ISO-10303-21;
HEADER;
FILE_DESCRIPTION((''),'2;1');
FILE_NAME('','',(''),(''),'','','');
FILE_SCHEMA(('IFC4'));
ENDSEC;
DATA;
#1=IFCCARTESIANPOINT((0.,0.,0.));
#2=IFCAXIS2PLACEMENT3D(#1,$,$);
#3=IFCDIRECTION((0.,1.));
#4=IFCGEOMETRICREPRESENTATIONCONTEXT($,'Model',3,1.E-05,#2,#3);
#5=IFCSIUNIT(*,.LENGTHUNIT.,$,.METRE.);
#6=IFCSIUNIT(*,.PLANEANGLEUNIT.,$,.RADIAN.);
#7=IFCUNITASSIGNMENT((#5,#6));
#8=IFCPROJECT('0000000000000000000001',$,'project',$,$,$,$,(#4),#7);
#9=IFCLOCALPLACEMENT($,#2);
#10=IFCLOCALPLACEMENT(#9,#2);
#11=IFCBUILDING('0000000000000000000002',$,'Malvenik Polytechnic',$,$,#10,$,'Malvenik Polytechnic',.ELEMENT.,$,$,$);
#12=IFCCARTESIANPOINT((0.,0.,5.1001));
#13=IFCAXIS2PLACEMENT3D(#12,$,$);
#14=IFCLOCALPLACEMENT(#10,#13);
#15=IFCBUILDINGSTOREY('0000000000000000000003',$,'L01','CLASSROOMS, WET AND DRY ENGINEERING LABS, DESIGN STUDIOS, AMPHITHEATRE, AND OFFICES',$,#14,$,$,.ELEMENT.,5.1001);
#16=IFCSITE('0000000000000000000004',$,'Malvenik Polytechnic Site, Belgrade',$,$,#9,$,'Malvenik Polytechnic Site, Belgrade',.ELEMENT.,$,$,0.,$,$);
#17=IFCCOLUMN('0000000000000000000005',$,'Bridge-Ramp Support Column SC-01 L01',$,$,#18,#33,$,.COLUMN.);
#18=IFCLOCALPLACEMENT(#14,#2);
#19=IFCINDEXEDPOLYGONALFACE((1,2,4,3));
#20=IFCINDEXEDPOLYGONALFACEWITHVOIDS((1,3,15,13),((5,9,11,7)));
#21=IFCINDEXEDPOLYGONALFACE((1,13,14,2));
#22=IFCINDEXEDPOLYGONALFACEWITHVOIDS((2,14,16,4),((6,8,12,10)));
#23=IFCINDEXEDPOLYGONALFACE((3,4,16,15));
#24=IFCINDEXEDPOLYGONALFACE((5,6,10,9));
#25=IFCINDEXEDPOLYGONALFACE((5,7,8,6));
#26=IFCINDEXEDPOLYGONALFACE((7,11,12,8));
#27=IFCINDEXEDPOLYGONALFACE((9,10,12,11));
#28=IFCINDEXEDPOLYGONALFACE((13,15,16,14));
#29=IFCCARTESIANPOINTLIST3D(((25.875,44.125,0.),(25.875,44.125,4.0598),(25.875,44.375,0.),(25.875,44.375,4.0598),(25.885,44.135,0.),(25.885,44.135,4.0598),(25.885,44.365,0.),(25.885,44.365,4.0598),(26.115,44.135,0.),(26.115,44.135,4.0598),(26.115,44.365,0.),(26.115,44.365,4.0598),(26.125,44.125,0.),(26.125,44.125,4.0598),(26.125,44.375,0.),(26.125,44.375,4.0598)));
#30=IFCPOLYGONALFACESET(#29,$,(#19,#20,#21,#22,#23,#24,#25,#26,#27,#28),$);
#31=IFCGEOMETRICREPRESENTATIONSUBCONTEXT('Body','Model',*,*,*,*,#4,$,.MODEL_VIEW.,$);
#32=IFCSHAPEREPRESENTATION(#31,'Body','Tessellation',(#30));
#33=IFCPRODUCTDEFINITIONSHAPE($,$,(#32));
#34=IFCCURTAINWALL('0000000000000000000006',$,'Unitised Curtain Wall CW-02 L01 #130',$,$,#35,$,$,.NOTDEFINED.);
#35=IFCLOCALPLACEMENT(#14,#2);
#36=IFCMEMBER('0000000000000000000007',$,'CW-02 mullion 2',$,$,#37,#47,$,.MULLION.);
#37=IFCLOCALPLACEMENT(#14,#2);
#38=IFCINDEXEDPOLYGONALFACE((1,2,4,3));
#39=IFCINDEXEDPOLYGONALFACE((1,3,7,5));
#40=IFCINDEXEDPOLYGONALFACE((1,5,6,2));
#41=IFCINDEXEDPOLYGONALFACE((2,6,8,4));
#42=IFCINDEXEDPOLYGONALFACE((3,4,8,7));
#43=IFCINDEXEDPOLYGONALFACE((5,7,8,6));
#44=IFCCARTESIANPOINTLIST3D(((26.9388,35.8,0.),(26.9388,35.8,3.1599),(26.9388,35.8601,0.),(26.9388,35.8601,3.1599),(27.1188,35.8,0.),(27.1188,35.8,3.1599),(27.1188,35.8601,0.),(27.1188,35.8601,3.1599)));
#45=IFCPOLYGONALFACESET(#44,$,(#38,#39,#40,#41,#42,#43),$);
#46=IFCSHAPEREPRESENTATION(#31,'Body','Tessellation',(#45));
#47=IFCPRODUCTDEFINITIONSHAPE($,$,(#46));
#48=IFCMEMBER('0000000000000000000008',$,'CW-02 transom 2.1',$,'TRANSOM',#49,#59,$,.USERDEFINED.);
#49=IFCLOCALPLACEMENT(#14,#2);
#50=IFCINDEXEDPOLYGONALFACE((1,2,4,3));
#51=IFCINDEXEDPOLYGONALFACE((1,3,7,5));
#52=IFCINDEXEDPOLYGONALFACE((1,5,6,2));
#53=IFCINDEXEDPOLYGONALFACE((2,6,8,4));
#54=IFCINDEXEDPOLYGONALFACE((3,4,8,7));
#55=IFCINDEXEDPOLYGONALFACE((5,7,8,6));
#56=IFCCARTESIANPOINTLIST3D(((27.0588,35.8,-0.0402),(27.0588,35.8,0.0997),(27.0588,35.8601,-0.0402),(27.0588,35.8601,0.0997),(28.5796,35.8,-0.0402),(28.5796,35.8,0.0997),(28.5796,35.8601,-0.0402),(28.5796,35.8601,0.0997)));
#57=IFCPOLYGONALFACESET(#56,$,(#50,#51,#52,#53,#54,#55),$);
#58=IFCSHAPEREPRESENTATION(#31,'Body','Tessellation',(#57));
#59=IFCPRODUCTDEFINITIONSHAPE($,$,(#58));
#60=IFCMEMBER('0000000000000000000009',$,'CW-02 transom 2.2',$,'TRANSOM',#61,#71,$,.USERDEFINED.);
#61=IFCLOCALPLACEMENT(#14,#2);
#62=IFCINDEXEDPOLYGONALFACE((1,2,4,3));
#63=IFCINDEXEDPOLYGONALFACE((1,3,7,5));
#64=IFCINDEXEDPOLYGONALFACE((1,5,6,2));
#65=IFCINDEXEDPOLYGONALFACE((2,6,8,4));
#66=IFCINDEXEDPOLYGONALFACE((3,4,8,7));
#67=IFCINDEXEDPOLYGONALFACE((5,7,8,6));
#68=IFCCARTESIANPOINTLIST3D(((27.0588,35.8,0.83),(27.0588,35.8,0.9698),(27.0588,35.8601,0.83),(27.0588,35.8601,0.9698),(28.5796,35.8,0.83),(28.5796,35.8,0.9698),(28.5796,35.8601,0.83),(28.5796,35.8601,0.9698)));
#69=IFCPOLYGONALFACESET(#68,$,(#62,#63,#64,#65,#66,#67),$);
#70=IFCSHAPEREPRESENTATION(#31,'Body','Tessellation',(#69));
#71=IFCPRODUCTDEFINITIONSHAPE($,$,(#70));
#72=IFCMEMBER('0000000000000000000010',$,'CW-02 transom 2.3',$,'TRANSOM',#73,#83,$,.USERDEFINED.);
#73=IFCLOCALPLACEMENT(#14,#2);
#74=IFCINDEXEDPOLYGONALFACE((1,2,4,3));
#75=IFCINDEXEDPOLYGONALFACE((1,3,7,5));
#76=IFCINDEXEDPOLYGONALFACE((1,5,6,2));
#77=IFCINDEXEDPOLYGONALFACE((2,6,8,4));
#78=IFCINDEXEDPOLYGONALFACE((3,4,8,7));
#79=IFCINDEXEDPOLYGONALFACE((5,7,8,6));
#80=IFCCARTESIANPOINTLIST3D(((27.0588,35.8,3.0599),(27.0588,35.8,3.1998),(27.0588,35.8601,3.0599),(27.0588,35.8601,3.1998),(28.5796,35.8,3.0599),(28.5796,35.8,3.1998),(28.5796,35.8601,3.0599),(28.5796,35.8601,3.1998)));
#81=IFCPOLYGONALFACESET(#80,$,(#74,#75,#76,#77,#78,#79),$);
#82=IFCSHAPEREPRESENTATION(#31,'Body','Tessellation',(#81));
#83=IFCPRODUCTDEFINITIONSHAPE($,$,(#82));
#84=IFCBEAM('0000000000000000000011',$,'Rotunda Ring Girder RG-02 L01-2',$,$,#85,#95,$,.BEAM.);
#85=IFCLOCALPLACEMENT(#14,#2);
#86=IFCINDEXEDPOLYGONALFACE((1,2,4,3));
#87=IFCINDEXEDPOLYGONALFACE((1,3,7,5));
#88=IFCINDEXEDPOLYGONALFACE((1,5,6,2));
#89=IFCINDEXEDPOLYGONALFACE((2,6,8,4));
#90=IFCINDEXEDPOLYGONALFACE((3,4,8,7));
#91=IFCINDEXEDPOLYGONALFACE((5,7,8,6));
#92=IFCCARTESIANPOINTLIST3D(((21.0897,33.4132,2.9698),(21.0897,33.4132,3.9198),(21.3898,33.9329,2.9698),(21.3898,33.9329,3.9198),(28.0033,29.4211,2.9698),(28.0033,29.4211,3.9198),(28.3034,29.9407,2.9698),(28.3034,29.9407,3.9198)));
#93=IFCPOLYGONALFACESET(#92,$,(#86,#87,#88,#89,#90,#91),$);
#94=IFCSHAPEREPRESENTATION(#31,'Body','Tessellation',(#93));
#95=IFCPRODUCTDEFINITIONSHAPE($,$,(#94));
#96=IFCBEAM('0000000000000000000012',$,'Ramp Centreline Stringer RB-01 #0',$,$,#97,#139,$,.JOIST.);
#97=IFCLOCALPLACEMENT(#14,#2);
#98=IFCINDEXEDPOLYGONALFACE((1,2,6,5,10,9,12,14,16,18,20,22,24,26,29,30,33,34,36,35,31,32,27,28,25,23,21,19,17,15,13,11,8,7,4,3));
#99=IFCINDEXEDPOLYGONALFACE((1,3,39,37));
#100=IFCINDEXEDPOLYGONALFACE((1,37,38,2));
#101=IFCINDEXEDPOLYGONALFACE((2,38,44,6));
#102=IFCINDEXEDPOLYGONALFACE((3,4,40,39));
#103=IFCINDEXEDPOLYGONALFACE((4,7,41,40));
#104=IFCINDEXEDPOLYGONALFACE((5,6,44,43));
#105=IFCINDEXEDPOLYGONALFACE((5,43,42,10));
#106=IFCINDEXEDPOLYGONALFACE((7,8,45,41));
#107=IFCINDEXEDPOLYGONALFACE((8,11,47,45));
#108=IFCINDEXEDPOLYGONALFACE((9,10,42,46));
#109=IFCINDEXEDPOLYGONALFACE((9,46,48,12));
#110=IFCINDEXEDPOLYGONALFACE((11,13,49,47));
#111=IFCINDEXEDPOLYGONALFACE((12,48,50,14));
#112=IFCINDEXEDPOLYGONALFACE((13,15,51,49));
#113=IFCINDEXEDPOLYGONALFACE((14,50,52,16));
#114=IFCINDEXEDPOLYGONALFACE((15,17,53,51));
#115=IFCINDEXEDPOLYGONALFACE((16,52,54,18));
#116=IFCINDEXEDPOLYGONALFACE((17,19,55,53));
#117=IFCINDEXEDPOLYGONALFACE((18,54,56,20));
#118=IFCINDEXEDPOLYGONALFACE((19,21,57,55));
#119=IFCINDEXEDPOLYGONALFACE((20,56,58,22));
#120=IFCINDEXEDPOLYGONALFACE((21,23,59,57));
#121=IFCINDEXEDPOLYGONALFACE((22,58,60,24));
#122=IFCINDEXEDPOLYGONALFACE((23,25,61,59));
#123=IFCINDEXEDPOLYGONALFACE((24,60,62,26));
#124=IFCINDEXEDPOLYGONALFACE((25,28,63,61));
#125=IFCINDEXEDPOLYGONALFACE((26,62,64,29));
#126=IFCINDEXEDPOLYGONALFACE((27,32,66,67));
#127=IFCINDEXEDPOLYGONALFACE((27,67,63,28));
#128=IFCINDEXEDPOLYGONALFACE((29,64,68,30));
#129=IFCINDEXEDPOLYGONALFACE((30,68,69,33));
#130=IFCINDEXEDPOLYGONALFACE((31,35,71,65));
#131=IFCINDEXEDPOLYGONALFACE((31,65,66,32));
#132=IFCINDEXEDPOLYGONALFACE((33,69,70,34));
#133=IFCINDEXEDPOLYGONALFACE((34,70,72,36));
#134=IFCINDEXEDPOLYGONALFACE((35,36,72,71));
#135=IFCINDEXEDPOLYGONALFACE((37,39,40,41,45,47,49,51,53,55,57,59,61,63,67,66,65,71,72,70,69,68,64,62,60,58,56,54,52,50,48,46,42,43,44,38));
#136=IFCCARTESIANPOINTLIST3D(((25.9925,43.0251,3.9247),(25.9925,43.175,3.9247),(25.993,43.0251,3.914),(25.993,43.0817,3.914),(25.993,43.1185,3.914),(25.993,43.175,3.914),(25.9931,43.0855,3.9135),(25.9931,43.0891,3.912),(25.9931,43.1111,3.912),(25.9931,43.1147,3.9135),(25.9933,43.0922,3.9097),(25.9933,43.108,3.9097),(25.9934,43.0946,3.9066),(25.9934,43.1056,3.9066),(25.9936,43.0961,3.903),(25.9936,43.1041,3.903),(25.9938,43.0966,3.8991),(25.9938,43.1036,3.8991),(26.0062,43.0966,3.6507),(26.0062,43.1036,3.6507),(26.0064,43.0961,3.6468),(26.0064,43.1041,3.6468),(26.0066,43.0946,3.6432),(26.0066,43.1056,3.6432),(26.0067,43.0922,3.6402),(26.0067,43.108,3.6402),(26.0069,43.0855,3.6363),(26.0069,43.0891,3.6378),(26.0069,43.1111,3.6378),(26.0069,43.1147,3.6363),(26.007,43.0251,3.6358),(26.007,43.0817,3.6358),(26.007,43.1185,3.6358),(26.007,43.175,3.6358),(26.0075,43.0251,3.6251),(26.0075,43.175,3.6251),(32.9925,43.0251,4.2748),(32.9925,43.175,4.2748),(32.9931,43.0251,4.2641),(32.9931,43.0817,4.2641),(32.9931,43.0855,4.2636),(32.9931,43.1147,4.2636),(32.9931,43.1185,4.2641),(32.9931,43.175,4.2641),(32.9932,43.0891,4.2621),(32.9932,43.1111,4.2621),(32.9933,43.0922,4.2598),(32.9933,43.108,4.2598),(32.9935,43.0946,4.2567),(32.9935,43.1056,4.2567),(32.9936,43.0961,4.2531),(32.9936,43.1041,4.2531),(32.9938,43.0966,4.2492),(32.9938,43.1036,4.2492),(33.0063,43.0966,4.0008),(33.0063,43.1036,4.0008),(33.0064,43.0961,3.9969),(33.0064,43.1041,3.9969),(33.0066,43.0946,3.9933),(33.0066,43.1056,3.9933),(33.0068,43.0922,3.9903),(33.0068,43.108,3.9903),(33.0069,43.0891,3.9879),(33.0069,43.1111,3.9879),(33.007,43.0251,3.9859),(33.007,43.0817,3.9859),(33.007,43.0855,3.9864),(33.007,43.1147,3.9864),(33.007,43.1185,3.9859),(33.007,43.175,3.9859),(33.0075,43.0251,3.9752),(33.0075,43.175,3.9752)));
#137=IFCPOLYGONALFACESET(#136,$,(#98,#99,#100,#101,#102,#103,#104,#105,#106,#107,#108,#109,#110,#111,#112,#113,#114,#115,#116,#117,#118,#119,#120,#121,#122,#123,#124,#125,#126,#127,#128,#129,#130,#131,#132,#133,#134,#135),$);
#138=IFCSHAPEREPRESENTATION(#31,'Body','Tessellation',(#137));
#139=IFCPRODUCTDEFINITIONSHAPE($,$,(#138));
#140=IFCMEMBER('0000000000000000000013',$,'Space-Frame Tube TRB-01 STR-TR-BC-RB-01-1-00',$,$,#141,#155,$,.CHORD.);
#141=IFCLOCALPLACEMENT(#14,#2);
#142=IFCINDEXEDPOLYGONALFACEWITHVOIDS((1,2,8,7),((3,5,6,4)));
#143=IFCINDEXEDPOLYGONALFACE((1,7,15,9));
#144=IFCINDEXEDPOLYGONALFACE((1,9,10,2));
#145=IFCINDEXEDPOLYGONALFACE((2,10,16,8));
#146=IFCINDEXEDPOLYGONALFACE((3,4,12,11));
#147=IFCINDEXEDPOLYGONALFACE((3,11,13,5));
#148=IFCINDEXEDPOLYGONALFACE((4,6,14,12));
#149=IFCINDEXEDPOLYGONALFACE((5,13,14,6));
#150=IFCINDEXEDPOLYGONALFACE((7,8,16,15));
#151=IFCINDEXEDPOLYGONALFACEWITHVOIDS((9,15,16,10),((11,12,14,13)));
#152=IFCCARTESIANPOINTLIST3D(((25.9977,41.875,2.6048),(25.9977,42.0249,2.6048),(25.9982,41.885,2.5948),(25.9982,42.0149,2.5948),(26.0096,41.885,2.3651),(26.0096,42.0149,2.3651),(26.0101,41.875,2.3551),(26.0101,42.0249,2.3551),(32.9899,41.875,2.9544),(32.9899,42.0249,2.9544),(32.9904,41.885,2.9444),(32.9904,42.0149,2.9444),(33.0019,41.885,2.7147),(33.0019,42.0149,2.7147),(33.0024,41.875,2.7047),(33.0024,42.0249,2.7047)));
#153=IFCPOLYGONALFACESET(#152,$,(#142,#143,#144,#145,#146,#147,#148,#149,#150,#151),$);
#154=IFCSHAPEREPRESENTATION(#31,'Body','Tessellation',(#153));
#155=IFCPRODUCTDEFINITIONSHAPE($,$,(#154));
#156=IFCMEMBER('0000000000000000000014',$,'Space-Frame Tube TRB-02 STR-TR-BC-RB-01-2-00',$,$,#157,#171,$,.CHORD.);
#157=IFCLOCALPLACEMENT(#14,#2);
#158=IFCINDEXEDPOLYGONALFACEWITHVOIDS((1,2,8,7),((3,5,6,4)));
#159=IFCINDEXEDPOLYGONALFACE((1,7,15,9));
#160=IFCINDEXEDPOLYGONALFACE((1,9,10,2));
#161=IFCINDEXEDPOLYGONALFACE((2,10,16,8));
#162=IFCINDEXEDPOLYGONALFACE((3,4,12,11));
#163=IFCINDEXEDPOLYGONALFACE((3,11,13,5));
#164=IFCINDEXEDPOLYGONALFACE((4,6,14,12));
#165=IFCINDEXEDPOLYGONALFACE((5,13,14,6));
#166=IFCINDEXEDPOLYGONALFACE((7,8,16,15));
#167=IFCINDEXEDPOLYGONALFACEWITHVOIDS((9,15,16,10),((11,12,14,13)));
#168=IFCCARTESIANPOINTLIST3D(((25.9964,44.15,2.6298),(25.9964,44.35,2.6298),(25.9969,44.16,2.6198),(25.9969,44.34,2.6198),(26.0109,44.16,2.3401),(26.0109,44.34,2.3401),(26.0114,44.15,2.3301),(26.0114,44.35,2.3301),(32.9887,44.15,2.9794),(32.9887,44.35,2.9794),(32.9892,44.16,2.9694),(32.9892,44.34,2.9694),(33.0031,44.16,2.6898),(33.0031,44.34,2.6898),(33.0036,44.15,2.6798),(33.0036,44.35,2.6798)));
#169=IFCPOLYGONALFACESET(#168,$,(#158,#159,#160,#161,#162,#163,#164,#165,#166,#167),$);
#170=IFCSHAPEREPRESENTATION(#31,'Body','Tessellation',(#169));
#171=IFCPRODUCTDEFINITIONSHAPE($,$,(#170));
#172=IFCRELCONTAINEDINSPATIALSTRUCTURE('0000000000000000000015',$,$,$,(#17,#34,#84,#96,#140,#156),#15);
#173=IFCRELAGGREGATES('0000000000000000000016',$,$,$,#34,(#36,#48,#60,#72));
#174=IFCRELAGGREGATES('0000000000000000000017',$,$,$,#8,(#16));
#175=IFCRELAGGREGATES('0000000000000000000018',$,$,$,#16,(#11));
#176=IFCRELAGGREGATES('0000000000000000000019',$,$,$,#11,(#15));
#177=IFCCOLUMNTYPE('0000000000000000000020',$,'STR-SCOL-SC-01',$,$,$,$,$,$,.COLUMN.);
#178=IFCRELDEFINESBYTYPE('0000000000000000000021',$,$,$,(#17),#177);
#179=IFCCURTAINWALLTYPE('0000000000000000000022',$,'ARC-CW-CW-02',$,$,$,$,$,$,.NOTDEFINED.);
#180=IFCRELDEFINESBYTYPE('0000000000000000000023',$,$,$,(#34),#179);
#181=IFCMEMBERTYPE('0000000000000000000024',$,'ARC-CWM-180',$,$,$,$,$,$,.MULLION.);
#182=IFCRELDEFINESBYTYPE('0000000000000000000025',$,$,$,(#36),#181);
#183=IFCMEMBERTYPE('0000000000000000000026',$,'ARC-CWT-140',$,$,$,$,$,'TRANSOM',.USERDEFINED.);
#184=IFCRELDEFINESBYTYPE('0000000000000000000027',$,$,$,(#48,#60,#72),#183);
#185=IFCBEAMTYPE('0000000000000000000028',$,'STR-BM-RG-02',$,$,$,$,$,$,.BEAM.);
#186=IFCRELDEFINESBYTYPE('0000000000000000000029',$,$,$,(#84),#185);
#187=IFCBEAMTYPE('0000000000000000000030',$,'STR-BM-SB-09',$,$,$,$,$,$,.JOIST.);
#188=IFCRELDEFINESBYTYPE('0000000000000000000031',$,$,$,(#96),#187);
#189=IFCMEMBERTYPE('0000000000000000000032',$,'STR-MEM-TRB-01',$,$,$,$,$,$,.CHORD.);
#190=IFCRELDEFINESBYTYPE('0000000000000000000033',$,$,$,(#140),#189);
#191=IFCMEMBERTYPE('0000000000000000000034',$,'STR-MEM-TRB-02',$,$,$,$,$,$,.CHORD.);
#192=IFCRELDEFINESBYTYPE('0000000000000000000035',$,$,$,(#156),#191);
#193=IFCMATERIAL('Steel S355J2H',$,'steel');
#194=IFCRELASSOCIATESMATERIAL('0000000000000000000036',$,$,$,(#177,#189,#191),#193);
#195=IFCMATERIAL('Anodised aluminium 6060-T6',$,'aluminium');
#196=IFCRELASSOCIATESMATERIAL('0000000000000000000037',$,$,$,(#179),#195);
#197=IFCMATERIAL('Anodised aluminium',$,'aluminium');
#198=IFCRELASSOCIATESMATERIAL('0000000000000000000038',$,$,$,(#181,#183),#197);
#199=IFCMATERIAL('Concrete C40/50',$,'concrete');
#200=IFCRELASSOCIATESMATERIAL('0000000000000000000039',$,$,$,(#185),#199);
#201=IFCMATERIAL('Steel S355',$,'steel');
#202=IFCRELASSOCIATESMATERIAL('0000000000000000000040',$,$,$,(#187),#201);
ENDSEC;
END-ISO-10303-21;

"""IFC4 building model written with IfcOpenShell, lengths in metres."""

from ifc_helpers import new_model, si_unit, direction, frame, origin, origin_2d, place, context, subcontext, project, spatial, rectangle, hollow_rectangle, i_section, extrude, material, material_profile, profile_set, type_object, element, aggregate, save


model = new_model("IFC4")

# Units and contexts
model_context = context("Model", 3, precision=1e-05, world=origin(), true_north=direction((0.0, 1.0)))
body_context = subcontext(model_context, "Body", "Model", "MODEL_VIEW")
ifc_project = project(units=[si_unit("LENGTHUNIT", "METRE"), si_unit("PLANEANGLEUNIT", "RADIAN")], contexts=[model_context])

# Site, building, storey
site_placement = place(None, origin())
site = spatial("IfcSite", under=ifc_project, at=site_placement, Name="Malvenik Polytechnic Site, Belgrade", LongName="Malvenik Polytechnic Site, Belgrade", CompositionType="ELEMENT", RefElevation=0.0)
building_placement = place(site_placement, origin())
building = spatial("IfcBuilding", under=site, at=building_placement, Name="Malvenik Polytechnic", LongName="Malvenik Polytechnic", CompositionType="ELEMENT")
storey_placement = place(building_placement, frame((0.0, 0.0, 5.1001)))
storey = spatial("IfcBuildingStorey", under=building, at=storey_placement, Name="L01", Description="CLASSROOMS, WET AND DRY ENGINEERING LABS, DESIGN STUDIOS, AMPHITHEATRE, AND OFFICES", CompositionType="ELEMENT", Elevation=5.1001)

# Column
ifc_material_1 = material(Name="Steel S355J2H", Category="steel")
ifc_material_profile_1 = material_profile(ifc_material_1, hollow_rectangle(XDim=0.25, YDim=0.25, WallThickness=0.01, at=origin_2d()), Name="SHS 250x250x10.0")
ifc_profile_set_1 = profile_set([ifc_material_profile_1], Name="Steel S355J2H")
column_type = type_object("IfcColumnType", Name="STR-SCOL-SC-01", PredefinedType="COLUMN", material=ifc_profile_set_1)
column_placement = place(storey_placement, frame((26.0, 44.25, 0.0), z_axis=(0.0, 0.0, 1.0), x_axis=(1.0, 0.0, 0.0)))
element("IfcColumn", 1, at=column_placement, inside=storey, type_object=column_type, Name="Bridge-Ramp Support Column SC-01 L01", PredefinedType="COLUMN", context=body_context, shape_type="SweptSolid", body=[
    extrude(hollow_rectangle(XDim=0.25, YDim=0.25, WallThickness=0.01, at=origin_2d()), origin(), (0.0, 0.0, 1.0), 4.0598),
])

# Curtain wall, members
ifc_material_2 = material(Name="Anodised aluminium 6060-T6", Category="aluminium")
curtain_wall_type = type_object("IfcCurtainWallType", Name="ARC-CW-CW-02", PredefinedType="NOTDEFINED", material=ifc_material_2)
curtain_wall_placement = place(storey_placement, origin())
curtain_wall = element("IfcCurtainWall", 2, at=curtain_wall_placement, inside=storey, type_object=curtain_wall_type, Name="Unitised Curtain Wall CW-02 L01 #130", PredefinedType="NOTDEFINED")
ifc_material_3 = material(Name="Anodised aluminium", Category="aluminium")
ifc_material_profile_2 = material_profile(ifc_material_3, rectangle(XDim=0.0601, YDim=0.1799, at=origin_2d()), Name="ALU MULLION 60x180")
ifc_profile_set_2 = profile_set([ifc_material_profile_2], Name="Anodised aluminium")
member_type_1 = type_object("IfcMemberType", Name="ARC-CWM-180", PredefinedType="MULLION", material=ifc_profile_set_2)
member_1_placement = place(storey_placement, frame((27.0288, 35.8301, 0.0), z_axis=(0.0, 0.0, 1.0), x_axis=(0.0, 1.0, 0.0)))
member_1 = element("IfcMember", 3, at=member_1_placement, type_object=member_type_1, Name="CW-02 mullion 2", PredefinedType="MULLION", context=body_context, shape_type="SweptSolid", body=[
    extrude(rectangle(XDim=0.0601, YDim=0.1799, at=origin_2d()), origin(), (0.0, 0.0, 1.0), 3.1599),
])
ifc_material_profile_3 = material_profile(ifc_material_3, rectangle(XDim=0.0601, YDim=0.1399, at=origin_2d()), Name="ALU TRANSOM 60x140")
ifc_profile_set_3 = profile_set([ifc_material_profile_3], Name="Anodised aluminium")
member_type_2 = type_object("IfcMemberType", Name="ARC-CWT-140", ElementType="TRANSOM", PredefinedType="USERDEFINED", material=ifc_profile_set_3)
member_2_placement = place(storey_placement, frame((27.0588, 35.8301, 0.0298), z_axis=(1.0, 0.0, 0.0), x_axis=(0.0, 1.0, 0.0)))
member_2 = element("IfcMember", 4, at=member_2_placement, type_object=member_type_2, Name="CW-02 transom 2.1", ObjectType="TRANSOM", PredefinedType="USERDEFINED", context=body_context, shape_type="SweptSolid", body=[
    extrude(rectangle(XDim=0.0601, YDim=0.1399, at=origin_2d()), origin(), (0.0, 0.0, 1.0), 1.5208),
])
member_3_placement = place(storey_placement, frame((27.0588, 35.8301, 0.8999), z_axis=(1.0, 0.0, 0.0), x_axis=(0.0, 1.0, 0.0)))
member_3 = element("IfcMember", 5, at=member_3_placement, type_object=member_type_2, Name="CW-02 transom 2.2", ObjectType="TRANSOM", PredefinedType="USERDEFINED", context=body_context, shape_type="SweptSolid", body=[
    extrude(rectangle(XDim=0.0601, YDim=0.1399, at=origin_2d()), origin(), (0.0, 0.0, 1.0), 1.5208),
])
member_4_placement = place(storey_placement, frame((27.0588, 35.8301, 3.1299), z_axis=(1.0, 0.0, 0.0), x_axis=(0.0, 1.0, 0.0)))
member_4 = element("IfcMember", 6, at=member_4_placement, type_object=member_type_2, Name="CW-02 transom 2.3", ObjectType="TRANSOM", PredefinedType="USERDEFINED", context=body_context, shape_type="SweptSolid", body=[
    extrude(rectangle(XDim=0.0601, YDim=0.1399, at=origin_2d()), origin(), (0.0, 0.0, 1.0), 1.5208),
])

# Beams
ifc_material_4 = material(Name="Concrete C40/50", Category="concrete")
ifc_material_profile_4 = material_profile(ifc_material_4, rectangle(XDim=0.6001, YDim=0.95, at=origin_2d()), Name="RC RG 600x950")
ifc_profile_set_4 = profile_set([ifc_material_profile_4], Name="Concrete C40/50")
beam_type_1 = type_object("IfcBeamType", Name="STR-BM-RG-02", PredefinedType="BEAM", material=ifc_profile_set_4)
beam_1_placement = place(storey_placement, frame((28.1533, 29.6809, 3.4448), z_axis=(-0.865991, 0.50006, 0.0), x_axis=(-0.50006, -0.865991, 0.0)))
element("IfcBeam", 7, at=beam_1_placement, inside=storey, type_object=beam_type_1, Name="Rotunda Ring Girder RG-02 L01-2", PredefinedType="BEAM", context=body_context, shape_type="SweptSolid", body=[
    extrude(rectangle(XDim=0.6001, YDim=0.95, at=origin_2d()), origin(), (0.0, 0.0, 1.0), 7.9834),
])
ifc_material_5 = material(Name="Steel S355", Category="steel")
ifc_material_profile_5 = material_profile(ifc_material_5, i_section(OverallWidth=0.1499, OverallDepth=0.3, WebThickness=0.0071, FlangeThickness=0.0107, FilletRadius=0.0149, at=origin_2d()), Name="IPE 300")
ifc_profile_set_5 = profile_set([ifc_material_profile_5], Name="Steel S355")
beam_type_2 = type_object("IfcBeamType", Name="STR-BM-SB-09", PredefinedType="JOIST", material=ifc_profile_set_5)
beam_2_placement = place(storey_placement, frame((26.0, 43.1001, 3.7749), z_axis=(0.998752, 0.0, 0.049952), x_axis=(0.0, 1.0, 0.0)))
element("IfcBeam", 8, at=beam_2_placement, inside=storey, type_object=beam_type_2, Name="Ramp Centreline Stringer RB-01 #0", PredefinedType="JOIST", context=body_context, shape_type="SweptSolid", body=[
    extrude(i_section(OverallWidth=0.1499, OverallDepth=0.3, WebThickness=0.0071, FlangeThickness=0.0107, FilletRadius=0.0149, at=origin_2d()), origin(), (0.0, 0.0, 1.0), 7.0088),
])

# Members
ifc_material_profile_6 = material_profile(ifc_material_1, hollow_rectangle(XDim=0.1499, YDim=0.25, WallThickness=0.01, at=origin_2d()), Name="RHS 250x150x10.0")
ifc_profile_set_6 = profile_set([ifc_material_profile_6], Name="Steel S355J2H")
member_type_3 = type_object("IfcMemberType", Name="STR-MEM-TRB-01", PredefinedType="CHORD", material=ifc_profile_set_6)
member_5_placement = place(storey_placement, frame((26.0039, 41.95, 2.48), z_axis=(0.998752, 0.0, 0.049938), x_axis=(0.0, 1.0, 0.0)))
element("IfcMember", 9, at=member_5_placement, inside=storey, type_object=member_type_3, Name="Space-Frame Tube TRB-01 STR-TR-BC-RB-01-1-00", PredefinedType="CHORD", context=body_context, shape_type="SweptSolid", body=[
    extrude(hollow_rectangle(XDim=0.1499, YDim=0.25, WallThickness=0.01, at=origin_2d()), origin(), (0.0, 0.0, 1.0), 7.001),
])
ifc_material_profile_7 = material_profile(ifc_material_1, hollow_rectangle(XDim=0.2, YDim=0.3, WallThickness=0.01, at=origin_2d()), Name="RHS 300x200x10.0")
ifc_profile_set_7 = profile_set([ifc_material_profile_7], Name="Steel S355J2H")
member_type_4 = type_object("IfcMemberType", Name="STR-MEM-TRB-02", PredefinedType="CHORD", material=ifc_profile_set_7)
member_6_placement = place(storey_placement, frame((26.0039, 44.25, 2.48), z_axis=(0.998752, 0.0, 0.049938), x_axis=(0.0, 1.0, 0.0)))
element("IfcMember", 10, at=member_6_placement, inside=storey, type_object=member_type_4, Name="Space-Frame Tube TRB-02 STR-TR-BC-RB-01-2-00", PredefinedType="CHORD", context=body_context, shape_type="SweptSolid", body=[
    extrude(hollow_rectangle(XDim=0.2, YDim=0.3, WallThickness=0.01, at=origin_2d()), origin(), (0.0, 0.0, 1.0), 7.001),
])

aggregate(curtain_wall, [member_1, member_2, member_3, member_4])

save(model, "model.ifc")
